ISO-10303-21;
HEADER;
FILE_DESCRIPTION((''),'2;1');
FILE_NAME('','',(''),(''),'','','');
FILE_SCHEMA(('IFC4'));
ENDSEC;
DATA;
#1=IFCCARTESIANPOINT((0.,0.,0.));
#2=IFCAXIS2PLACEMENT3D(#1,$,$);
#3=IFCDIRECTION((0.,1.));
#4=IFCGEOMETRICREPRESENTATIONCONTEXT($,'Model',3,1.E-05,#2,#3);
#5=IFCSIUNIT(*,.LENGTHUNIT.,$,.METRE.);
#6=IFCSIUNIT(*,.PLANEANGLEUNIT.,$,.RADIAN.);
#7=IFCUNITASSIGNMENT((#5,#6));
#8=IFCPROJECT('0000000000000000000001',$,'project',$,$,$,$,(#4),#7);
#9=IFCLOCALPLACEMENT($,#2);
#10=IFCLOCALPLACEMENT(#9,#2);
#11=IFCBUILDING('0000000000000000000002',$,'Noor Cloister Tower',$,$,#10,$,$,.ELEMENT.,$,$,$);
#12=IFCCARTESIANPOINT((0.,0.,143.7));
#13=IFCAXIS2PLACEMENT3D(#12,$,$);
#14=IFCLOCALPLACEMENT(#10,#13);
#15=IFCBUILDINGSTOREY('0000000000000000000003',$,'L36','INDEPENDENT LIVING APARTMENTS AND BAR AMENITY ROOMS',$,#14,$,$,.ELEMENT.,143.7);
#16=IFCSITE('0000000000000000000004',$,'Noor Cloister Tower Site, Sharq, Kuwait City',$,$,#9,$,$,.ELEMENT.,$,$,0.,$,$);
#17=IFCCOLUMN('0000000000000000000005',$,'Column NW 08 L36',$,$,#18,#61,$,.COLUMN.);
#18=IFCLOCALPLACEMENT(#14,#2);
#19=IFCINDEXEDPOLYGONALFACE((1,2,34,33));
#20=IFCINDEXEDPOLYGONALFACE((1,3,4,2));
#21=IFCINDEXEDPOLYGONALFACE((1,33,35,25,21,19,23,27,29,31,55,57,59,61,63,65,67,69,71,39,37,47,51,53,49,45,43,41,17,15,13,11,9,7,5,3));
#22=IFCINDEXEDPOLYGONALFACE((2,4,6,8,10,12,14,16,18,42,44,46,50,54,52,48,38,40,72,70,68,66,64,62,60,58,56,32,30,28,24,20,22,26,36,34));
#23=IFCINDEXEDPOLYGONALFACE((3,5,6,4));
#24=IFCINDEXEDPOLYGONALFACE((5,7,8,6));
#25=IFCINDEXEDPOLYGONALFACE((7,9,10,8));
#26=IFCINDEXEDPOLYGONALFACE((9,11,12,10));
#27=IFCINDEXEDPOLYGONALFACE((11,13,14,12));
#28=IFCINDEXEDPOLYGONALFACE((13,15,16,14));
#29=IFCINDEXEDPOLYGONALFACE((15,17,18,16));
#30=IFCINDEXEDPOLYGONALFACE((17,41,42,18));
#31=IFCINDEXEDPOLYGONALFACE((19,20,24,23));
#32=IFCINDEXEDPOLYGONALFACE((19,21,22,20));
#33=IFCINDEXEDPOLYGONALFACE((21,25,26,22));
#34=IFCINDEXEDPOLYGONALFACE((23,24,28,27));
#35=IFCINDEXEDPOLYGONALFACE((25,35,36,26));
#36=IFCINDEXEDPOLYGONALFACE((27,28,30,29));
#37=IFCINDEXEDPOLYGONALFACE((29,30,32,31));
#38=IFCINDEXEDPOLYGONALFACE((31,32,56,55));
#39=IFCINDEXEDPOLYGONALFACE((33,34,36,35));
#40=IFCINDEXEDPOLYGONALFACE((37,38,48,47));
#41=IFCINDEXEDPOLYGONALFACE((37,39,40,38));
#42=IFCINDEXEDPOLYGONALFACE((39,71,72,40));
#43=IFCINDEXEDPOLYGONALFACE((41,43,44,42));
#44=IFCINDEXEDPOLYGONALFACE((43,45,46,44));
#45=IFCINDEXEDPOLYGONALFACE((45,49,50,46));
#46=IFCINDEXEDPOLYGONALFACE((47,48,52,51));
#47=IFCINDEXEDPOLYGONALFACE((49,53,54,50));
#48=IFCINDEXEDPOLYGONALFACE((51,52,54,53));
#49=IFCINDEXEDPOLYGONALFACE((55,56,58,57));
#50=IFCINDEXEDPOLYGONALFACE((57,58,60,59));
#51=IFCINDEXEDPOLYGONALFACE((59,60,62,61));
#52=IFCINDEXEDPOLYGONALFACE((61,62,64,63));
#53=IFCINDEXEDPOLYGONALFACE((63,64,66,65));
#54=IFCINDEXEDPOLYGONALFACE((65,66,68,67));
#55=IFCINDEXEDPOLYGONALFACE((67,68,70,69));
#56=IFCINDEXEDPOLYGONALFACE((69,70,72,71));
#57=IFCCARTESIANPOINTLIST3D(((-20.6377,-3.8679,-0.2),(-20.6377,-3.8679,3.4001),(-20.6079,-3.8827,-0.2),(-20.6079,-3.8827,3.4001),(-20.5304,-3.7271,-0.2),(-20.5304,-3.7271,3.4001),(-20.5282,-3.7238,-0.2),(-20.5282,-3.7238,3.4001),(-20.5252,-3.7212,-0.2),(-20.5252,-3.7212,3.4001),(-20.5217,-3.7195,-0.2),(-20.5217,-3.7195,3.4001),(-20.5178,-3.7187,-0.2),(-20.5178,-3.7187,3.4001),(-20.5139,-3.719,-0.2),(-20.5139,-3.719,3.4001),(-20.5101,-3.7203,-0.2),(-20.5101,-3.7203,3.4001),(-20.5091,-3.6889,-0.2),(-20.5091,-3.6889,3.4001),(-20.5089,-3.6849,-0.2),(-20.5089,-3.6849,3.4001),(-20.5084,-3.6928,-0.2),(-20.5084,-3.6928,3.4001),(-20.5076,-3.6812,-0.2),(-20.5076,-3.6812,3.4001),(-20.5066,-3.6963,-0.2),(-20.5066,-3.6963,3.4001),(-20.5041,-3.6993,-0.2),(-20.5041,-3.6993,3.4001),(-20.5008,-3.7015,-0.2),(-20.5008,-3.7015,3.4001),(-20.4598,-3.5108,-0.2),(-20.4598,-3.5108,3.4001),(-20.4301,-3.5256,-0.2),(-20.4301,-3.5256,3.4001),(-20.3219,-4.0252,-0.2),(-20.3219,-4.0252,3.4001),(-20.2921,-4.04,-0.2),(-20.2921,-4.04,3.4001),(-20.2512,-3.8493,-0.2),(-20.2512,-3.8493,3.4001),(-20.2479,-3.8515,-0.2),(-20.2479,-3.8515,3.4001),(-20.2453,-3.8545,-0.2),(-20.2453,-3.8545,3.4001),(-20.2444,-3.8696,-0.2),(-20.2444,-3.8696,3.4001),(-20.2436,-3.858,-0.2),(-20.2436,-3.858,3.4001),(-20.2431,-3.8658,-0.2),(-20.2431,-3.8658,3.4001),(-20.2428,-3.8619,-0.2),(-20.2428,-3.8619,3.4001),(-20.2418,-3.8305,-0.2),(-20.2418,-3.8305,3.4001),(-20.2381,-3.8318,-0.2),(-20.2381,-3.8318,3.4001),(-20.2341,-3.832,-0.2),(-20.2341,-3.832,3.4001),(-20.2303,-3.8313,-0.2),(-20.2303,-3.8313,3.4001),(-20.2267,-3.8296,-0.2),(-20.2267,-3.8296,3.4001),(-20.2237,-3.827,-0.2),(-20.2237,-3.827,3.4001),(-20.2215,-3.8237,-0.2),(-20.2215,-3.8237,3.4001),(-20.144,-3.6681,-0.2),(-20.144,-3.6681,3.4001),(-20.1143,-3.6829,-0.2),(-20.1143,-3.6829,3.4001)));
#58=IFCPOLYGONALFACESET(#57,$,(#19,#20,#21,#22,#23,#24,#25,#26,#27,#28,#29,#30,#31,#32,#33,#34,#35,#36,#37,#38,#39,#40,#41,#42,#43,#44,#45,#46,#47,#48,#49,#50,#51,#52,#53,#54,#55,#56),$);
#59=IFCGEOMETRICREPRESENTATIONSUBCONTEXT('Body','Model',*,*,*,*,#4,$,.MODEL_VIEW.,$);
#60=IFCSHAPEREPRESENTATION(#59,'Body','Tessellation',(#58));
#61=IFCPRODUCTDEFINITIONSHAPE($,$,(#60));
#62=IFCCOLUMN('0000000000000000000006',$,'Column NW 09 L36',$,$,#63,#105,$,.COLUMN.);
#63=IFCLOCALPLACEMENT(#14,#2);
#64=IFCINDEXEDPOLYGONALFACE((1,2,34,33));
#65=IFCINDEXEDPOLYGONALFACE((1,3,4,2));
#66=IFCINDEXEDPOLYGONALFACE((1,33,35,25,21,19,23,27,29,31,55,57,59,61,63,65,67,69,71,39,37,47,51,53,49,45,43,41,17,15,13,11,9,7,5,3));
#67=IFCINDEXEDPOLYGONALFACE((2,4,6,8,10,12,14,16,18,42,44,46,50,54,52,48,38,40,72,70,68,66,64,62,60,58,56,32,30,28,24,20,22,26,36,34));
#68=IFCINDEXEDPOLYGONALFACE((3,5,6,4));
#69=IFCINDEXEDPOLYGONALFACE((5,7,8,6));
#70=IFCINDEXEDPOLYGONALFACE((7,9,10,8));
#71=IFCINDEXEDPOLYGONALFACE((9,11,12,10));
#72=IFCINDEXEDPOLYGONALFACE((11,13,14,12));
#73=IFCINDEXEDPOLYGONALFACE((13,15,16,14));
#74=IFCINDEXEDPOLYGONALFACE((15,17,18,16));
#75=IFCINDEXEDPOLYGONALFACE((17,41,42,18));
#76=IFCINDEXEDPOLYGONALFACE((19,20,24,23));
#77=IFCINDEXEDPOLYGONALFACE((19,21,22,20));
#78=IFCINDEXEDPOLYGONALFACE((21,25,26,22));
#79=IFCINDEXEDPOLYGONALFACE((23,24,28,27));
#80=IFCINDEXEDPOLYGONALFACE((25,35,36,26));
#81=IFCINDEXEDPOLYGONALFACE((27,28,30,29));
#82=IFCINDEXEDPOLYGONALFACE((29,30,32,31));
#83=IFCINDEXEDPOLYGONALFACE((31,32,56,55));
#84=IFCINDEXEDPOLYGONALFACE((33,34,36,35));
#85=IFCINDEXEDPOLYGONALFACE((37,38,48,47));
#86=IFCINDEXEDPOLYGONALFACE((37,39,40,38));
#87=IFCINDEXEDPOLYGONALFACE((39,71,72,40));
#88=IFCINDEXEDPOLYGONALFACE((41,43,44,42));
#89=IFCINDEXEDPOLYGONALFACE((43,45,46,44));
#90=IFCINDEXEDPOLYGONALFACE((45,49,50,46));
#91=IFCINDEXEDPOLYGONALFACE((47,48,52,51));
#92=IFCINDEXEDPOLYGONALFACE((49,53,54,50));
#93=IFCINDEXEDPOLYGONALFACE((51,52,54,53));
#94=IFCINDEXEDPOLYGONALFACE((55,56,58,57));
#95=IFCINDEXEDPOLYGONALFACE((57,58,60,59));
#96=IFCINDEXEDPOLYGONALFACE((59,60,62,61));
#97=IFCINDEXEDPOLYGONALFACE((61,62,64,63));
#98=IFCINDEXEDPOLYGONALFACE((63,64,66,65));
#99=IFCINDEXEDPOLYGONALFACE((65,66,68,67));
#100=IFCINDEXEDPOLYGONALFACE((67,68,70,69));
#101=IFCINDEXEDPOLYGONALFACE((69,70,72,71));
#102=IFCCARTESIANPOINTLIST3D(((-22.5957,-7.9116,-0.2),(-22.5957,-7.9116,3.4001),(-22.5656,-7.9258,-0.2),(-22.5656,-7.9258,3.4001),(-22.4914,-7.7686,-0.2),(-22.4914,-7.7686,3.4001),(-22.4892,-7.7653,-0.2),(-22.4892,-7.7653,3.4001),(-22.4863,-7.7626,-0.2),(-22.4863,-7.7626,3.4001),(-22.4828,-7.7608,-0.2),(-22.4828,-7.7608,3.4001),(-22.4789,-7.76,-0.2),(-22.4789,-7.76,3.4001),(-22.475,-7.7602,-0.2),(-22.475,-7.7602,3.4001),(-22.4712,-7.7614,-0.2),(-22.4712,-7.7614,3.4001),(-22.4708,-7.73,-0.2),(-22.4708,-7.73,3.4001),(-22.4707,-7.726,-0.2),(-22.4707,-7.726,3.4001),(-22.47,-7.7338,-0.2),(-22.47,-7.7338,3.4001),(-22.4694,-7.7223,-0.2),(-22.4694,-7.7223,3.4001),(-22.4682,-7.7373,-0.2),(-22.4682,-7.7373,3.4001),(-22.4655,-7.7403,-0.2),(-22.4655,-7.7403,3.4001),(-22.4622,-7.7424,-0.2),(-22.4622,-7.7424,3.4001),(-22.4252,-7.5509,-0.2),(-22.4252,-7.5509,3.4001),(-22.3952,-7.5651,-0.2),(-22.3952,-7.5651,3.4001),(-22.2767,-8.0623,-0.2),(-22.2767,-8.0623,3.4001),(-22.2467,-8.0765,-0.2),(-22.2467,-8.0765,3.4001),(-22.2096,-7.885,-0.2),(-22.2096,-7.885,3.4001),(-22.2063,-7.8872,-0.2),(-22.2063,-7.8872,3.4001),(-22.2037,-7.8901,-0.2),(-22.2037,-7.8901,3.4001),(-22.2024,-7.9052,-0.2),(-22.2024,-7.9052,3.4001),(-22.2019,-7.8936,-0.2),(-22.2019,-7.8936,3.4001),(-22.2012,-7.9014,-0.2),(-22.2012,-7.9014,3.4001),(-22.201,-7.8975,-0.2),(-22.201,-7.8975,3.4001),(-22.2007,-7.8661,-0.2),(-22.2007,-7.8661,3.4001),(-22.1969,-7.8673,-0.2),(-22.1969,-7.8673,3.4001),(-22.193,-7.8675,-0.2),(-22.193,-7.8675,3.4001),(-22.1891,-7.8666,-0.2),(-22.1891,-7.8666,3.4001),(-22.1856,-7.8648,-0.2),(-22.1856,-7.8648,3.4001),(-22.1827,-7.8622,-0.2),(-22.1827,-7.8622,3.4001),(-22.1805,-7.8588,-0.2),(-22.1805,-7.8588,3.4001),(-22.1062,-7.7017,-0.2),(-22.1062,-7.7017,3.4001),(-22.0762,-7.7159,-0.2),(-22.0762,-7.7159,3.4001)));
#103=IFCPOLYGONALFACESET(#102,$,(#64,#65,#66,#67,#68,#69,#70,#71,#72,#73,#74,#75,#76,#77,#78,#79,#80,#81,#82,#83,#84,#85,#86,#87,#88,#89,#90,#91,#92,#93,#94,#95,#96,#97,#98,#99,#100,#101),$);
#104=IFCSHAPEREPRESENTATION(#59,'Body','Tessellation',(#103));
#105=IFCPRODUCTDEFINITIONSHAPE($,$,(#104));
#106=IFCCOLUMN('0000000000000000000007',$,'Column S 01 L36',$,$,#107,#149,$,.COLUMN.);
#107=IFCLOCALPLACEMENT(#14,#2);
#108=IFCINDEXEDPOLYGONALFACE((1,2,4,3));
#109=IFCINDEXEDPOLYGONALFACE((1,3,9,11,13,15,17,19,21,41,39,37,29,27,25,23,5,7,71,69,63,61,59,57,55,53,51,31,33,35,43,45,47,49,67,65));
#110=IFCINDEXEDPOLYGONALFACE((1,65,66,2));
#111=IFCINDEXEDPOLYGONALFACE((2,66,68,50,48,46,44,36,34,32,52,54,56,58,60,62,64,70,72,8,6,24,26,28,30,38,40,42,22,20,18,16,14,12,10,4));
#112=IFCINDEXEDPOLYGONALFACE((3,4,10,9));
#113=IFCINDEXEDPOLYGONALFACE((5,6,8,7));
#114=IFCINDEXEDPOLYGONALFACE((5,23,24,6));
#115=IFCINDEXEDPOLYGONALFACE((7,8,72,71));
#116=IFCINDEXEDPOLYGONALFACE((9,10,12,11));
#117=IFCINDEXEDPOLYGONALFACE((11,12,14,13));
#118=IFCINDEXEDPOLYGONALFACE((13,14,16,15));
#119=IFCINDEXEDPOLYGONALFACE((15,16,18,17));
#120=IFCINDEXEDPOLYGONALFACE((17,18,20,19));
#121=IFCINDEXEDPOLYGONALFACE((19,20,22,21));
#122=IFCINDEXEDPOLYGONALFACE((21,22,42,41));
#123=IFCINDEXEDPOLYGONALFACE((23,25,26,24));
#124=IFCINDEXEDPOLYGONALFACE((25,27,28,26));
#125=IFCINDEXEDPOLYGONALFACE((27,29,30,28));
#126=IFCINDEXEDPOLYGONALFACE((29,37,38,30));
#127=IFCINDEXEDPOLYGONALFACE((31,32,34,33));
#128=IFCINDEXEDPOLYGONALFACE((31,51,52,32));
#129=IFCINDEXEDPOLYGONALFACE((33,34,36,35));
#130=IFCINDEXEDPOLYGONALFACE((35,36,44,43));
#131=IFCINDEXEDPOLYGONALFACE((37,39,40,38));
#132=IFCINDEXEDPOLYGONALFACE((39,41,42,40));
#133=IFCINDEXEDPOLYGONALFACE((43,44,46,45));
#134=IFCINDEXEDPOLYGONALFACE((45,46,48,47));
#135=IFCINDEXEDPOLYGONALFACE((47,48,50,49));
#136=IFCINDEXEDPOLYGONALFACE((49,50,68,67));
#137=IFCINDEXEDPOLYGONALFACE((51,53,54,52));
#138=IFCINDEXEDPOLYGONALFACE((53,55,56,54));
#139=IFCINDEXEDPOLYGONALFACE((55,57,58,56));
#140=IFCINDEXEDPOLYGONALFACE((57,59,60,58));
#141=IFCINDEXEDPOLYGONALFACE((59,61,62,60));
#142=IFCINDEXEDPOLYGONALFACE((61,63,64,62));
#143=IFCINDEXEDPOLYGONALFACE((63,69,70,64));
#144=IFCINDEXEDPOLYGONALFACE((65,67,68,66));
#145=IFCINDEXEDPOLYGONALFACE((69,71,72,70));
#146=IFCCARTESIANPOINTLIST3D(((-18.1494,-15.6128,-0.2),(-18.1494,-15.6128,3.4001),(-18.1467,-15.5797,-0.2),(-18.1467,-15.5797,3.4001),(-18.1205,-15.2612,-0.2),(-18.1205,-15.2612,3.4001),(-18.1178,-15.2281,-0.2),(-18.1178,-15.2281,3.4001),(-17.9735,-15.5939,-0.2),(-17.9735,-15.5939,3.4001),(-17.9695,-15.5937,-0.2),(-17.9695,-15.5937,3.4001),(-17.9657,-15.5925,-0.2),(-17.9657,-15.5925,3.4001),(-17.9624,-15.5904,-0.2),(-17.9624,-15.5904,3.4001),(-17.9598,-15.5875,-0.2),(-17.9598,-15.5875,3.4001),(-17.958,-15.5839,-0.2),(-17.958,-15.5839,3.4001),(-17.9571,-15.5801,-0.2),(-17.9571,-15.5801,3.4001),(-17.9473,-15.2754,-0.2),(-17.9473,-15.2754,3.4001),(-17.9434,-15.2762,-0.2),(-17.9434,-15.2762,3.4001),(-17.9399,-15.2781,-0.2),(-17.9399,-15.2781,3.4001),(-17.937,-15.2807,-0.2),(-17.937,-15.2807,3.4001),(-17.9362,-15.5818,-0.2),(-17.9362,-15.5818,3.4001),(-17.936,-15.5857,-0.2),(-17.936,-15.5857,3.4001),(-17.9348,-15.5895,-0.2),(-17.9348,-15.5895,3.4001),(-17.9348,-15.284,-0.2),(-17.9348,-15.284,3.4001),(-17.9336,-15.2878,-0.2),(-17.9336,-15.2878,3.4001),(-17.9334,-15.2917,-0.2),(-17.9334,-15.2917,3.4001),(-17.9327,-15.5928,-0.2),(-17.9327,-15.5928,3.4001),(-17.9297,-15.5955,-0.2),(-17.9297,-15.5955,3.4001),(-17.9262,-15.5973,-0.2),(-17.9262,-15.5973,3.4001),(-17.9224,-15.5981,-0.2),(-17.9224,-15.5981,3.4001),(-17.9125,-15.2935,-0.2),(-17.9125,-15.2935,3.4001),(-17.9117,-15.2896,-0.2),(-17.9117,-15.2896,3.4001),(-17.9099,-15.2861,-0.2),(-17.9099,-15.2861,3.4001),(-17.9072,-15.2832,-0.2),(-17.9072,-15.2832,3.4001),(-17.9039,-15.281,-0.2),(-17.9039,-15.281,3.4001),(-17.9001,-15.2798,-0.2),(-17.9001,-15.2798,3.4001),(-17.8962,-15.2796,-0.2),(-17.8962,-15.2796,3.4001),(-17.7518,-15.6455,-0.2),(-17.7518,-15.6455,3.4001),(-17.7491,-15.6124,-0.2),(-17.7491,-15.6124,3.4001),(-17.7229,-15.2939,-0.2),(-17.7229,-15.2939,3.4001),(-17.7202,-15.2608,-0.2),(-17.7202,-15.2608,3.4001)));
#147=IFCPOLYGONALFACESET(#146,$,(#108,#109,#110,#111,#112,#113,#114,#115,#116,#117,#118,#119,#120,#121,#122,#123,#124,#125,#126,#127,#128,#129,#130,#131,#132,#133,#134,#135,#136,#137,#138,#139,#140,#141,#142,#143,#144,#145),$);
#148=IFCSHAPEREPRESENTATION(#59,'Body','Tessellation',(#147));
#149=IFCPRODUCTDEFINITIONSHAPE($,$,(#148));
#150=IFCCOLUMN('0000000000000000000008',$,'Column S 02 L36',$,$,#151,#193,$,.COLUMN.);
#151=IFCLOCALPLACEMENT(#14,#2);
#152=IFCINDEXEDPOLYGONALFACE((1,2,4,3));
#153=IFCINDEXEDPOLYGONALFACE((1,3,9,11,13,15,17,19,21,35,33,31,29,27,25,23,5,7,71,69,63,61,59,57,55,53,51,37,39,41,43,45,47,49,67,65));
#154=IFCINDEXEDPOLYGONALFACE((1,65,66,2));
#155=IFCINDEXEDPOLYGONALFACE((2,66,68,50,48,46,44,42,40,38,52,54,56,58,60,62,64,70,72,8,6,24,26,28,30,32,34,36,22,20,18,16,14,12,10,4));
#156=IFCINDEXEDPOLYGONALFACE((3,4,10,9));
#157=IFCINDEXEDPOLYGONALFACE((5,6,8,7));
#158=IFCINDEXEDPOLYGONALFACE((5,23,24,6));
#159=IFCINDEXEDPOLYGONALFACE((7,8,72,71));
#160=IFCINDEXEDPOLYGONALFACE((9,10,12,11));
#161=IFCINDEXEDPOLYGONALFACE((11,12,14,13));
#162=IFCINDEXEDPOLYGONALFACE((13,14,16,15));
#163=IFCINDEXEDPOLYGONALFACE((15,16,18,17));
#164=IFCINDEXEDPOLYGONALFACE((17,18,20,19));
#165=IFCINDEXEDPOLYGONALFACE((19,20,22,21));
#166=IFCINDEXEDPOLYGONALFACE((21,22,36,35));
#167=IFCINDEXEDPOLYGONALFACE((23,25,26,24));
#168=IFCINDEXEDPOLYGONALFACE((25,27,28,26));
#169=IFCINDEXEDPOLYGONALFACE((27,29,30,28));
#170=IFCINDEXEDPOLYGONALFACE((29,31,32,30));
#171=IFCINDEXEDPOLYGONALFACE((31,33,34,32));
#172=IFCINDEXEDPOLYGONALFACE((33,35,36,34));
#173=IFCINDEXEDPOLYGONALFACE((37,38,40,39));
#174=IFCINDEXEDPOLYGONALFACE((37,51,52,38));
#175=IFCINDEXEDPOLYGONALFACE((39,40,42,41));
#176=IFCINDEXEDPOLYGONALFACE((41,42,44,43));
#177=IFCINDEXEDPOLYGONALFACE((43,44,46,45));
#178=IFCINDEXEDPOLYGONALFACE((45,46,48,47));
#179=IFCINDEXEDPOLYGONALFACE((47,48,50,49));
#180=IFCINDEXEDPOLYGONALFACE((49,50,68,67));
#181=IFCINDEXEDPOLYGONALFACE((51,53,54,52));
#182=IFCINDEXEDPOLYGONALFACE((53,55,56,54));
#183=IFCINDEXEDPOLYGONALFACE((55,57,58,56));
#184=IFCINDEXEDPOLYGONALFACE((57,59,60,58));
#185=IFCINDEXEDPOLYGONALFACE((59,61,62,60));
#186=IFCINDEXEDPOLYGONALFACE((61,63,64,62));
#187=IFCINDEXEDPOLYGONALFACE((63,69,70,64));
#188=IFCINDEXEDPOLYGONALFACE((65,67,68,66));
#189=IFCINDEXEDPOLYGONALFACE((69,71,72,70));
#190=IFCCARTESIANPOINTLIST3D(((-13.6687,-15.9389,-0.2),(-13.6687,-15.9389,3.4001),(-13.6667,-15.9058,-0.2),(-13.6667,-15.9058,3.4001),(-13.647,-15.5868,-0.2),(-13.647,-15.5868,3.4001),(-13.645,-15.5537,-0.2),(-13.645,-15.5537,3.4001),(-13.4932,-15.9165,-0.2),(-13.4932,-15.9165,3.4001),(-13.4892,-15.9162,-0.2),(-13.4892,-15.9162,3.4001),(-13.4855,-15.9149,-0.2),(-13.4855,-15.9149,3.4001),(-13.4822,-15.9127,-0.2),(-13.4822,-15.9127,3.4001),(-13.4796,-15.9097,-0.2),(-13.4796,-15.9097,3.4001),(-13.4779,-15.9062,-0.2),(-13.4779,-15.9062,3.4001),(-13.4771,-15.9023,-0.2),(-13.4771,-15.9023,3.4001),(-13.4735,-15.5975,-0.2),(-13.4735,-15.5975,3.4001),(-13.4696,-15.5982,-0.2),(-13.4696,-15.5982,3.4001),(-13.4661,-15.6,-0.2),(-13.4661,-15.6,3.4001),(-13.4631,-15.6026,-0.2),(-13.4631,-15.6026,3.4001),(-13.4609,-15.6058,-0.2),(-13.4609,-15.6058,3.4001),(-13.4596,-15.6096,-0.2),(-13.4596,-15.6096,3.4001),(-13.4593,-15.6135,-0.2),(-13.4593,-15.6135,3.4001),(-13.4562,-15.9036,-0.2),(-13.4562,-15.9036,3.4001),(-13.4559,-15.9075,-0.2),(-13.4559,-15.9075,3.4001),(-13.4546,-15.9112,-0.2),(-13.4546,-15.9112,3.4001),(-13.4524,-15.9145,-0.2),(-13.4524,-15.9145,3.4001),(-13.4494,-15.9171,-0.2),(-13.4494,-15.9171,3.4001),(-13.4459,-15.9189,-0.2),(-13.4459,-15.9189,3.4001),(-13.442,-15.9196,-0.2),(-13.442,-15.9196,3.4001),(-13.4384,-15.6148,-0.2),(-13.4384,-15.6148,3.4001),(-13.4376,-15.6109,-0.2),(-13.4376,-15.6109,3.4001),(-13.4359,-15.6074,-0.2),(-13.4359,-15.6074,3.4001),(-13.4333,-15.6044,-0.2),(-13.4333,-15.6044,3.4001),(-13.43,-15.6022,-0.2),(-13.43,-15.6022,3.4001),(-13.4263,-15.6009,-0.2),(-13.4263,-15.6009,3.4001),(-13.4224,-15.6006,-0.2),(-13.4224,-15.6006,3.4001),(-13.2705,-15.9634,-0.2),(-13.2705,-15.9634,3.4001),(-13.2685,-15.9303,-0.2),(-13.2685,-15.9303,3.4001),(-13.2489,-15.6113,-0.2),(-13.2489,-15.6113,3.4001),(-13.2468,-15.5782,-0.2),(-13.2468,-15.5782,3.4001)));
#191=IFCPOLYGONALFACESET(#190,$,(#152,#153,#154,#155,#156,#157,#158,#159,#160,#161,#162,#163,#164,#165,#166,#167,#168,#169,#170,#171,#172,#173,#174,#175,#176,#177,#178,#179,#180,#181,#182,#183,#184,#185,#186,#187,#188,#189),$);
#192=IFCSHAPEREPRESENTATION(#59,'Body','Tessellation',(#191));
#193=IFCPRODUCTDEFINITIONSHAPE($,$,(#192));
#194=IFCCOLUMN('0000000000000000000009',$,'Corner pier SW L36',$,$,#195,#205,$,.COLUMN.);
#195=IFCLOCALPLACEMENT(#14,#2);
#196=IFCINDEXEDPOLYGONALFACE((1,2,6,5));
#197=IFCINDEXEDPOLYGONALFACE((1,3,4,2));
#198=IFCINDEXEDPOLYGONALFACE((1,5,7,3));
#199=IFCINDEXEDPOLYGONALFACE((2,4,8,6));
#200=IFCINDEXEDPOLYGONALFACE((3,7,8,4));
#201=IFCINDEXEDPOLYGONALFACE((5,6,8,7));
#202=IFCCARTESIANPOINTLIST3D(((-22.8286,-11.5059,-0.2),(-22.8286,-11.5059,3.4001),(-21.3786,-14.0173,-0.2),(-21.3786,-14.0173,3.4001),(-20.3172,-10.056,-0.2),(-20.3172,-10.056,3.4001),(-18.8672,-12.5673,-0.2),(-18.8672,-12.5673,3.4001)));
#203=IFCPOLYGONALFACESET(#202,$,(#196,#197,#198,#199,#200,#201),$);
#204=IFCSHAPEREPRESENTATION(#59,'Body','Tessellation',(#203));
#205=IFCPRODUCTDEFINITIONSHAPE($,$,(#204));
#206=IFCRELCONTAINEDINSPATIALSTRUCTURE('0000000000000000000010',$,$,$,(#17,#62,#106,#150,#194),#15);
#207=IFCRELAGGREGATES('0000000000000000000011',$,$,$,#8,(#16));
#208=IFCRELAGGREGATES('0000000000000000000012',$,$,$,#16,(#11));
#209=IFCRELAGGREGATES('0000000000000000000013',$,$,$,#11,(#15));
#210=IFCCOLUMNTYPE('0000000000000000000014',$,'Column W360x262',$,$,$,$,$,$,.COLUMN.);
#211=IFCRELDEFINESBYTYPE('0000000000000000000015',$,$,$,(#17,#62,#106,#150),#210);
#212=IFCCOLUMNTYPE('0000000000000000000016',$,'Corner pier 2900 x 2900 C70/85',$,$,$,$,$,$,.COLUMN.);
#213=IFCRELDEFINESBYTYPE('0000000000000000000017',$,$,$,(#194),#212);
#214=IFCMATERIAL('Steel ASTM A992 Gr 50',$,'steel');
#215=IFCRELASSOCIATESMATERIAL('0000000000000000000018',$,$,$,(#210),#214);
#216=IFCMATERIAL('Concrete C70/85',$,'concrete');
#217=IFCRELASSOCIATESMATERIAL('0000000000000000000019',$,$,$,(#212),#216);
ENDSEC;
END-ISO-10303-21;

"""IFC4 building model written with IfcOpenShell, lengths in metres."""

from ifc_helpers import new_model, si_unit, direction, frame, origin, origin_2d, place, context, subcontext, project, spatial, rectangle, i_section, extrude, material, material_profile, profile_set, type_object, element, save


model = new_model("IFC4")

# Units and contexts
model_context = context("Model", 3, precision=1e-05, world=origin(), true_north=direction((0.0, 1.0)))
body_context = subcontext(model_context, "Body", "Model", "MODEL_VIEW")
ifc_project = project(units=[si_unit("LENGTHUNIT", "METRE"), si_unit("PLANEANGLEUNIT", "RADIAN")], contexts=[model_context])

# Site, building, storey
site_placement = place(None, origin())
site = spatial("IfcSite", under=ifc_project, at=site_placement, Name="Noor Cloister Tower Site, Sharq, Kuwait City", CompositionType="ELEMENT", RefElevation=0.0)
building_placement = place(site_placement, origin())
building = spatial("IfcBuilding", under=site, at=building_placement, Name="Noor Cloister Tower", CompositionType="ELEMENT")
storey_placement = place(building_placement, frame((0.0, 0.0, 143.7)))
storey = spatial("IfcBuildingStorey", under=building, at=storey_placement, Name="L36", Description="INDEPENDENT LIVING APARTMENTS AND BAR AMENITY ROOMS", CompositionType="ELEMENT", Elevation=143.7)

# Columns
ifc_material_1 = material(Name="Steel ASTM A992 Gr 50", Category="steel")
ifc_material_profile_1 = material_profile(ifc_material_1, i_section(OverallWidth=0.3989, OverallDepth=0.386, WebThickness=0.021, FlangeThickness=0.0332, FilletRadius=0.0151, at=origin_2d()), Name="W360x262")
ifc_profile_set_1 = profile_set([ifc_material_profile_1], Name="Steel ASTM A992 Gr 50")
column_type_1 = type_object("IfcColumnType", Name="Column W360x262", PredefinedType="COLUMN", material=ifc_profile_set_1)
for number, where, z_axis, x_axis, name in (
    (1, (-20.376, -3.7754, -0.2), (0.0, 0.0, 1.0), (-0.445819, -0.895123, 0.0), "Column NW 08 L36"),
    (2, (-22.3359, -7.8137, -0.2), (0.0, 0.0, 1.0), (-0.427373, -0.904075, 0.0), "Column NW 09 L36"),
    (3, (-17.9348, -15.4368, -0.2), (0.0, 0.0, 1.0), (0.996639, -0.081922, 0.0), "Column S 01 L36"),
    (4, (-13.4578, -15.7585, -0.2), (0.0, 0.0, 1.0), (0.998109, -0.061471, 0.0), "Column S 02 L36"),
):
    element("IfcColumn", number, at=place(storey_placement, frame(where, z_axis=z_axis, x_axis=x_axis)), inside=storey, type_object=column_type_1, Name=name, PredefinedType="COLUMN", context=body_context, shape_type="SweptSolid", body=[
        extrude(i_section(OverallWidth=0.3989, OverallDepth=0.386, WebThickness=0.021, FlangeThickness=0.0332, FilletRadius=0.0151, at=origin_2d()), origin(), (0.0, 0.0, 1.0), 3.6001),
    ])
ifc_material_2 = material(Name="Concrete C70/85", Category="concrete")
ifc_material_profile_2 = material_profile(ifc_material_2, rectangle(XDim=2.8999, YDim=2.8999, at=origin_2d()), Name="RC 2900x2900")
ifc_profile_set_2 = profile_set([ifc_material_profile_2], Name="Concrete C70/85")
column_type_2 = type_object("IfcColumnType", Name="Corner pier 2900 x 2900 C70/85", PredefinedType="COLUMN", material=ifc_profile_set_2)
column_placement = place(storey_placement, frame((-20.8479, -12.0366, -0.2), z_axis=(0.0, 0.0, 1.0), x_axis=(-0.866025, -0.5, 0.0)))
element("IfcColumn", 5, at=column_placement, inside=storey, type_object=column_type_2, Name="Corner pier SW L36", PredefinedType="COLUMN", context=body_context, shape_type="SweptSolid", body=[
    extrude(rectangle(XDim=2.8999, YDim=2.8999, at=origin_2d()), origin(), (0.0, 0.0, 1.0), 3.6001),
])

save(model, "model.ifc")
